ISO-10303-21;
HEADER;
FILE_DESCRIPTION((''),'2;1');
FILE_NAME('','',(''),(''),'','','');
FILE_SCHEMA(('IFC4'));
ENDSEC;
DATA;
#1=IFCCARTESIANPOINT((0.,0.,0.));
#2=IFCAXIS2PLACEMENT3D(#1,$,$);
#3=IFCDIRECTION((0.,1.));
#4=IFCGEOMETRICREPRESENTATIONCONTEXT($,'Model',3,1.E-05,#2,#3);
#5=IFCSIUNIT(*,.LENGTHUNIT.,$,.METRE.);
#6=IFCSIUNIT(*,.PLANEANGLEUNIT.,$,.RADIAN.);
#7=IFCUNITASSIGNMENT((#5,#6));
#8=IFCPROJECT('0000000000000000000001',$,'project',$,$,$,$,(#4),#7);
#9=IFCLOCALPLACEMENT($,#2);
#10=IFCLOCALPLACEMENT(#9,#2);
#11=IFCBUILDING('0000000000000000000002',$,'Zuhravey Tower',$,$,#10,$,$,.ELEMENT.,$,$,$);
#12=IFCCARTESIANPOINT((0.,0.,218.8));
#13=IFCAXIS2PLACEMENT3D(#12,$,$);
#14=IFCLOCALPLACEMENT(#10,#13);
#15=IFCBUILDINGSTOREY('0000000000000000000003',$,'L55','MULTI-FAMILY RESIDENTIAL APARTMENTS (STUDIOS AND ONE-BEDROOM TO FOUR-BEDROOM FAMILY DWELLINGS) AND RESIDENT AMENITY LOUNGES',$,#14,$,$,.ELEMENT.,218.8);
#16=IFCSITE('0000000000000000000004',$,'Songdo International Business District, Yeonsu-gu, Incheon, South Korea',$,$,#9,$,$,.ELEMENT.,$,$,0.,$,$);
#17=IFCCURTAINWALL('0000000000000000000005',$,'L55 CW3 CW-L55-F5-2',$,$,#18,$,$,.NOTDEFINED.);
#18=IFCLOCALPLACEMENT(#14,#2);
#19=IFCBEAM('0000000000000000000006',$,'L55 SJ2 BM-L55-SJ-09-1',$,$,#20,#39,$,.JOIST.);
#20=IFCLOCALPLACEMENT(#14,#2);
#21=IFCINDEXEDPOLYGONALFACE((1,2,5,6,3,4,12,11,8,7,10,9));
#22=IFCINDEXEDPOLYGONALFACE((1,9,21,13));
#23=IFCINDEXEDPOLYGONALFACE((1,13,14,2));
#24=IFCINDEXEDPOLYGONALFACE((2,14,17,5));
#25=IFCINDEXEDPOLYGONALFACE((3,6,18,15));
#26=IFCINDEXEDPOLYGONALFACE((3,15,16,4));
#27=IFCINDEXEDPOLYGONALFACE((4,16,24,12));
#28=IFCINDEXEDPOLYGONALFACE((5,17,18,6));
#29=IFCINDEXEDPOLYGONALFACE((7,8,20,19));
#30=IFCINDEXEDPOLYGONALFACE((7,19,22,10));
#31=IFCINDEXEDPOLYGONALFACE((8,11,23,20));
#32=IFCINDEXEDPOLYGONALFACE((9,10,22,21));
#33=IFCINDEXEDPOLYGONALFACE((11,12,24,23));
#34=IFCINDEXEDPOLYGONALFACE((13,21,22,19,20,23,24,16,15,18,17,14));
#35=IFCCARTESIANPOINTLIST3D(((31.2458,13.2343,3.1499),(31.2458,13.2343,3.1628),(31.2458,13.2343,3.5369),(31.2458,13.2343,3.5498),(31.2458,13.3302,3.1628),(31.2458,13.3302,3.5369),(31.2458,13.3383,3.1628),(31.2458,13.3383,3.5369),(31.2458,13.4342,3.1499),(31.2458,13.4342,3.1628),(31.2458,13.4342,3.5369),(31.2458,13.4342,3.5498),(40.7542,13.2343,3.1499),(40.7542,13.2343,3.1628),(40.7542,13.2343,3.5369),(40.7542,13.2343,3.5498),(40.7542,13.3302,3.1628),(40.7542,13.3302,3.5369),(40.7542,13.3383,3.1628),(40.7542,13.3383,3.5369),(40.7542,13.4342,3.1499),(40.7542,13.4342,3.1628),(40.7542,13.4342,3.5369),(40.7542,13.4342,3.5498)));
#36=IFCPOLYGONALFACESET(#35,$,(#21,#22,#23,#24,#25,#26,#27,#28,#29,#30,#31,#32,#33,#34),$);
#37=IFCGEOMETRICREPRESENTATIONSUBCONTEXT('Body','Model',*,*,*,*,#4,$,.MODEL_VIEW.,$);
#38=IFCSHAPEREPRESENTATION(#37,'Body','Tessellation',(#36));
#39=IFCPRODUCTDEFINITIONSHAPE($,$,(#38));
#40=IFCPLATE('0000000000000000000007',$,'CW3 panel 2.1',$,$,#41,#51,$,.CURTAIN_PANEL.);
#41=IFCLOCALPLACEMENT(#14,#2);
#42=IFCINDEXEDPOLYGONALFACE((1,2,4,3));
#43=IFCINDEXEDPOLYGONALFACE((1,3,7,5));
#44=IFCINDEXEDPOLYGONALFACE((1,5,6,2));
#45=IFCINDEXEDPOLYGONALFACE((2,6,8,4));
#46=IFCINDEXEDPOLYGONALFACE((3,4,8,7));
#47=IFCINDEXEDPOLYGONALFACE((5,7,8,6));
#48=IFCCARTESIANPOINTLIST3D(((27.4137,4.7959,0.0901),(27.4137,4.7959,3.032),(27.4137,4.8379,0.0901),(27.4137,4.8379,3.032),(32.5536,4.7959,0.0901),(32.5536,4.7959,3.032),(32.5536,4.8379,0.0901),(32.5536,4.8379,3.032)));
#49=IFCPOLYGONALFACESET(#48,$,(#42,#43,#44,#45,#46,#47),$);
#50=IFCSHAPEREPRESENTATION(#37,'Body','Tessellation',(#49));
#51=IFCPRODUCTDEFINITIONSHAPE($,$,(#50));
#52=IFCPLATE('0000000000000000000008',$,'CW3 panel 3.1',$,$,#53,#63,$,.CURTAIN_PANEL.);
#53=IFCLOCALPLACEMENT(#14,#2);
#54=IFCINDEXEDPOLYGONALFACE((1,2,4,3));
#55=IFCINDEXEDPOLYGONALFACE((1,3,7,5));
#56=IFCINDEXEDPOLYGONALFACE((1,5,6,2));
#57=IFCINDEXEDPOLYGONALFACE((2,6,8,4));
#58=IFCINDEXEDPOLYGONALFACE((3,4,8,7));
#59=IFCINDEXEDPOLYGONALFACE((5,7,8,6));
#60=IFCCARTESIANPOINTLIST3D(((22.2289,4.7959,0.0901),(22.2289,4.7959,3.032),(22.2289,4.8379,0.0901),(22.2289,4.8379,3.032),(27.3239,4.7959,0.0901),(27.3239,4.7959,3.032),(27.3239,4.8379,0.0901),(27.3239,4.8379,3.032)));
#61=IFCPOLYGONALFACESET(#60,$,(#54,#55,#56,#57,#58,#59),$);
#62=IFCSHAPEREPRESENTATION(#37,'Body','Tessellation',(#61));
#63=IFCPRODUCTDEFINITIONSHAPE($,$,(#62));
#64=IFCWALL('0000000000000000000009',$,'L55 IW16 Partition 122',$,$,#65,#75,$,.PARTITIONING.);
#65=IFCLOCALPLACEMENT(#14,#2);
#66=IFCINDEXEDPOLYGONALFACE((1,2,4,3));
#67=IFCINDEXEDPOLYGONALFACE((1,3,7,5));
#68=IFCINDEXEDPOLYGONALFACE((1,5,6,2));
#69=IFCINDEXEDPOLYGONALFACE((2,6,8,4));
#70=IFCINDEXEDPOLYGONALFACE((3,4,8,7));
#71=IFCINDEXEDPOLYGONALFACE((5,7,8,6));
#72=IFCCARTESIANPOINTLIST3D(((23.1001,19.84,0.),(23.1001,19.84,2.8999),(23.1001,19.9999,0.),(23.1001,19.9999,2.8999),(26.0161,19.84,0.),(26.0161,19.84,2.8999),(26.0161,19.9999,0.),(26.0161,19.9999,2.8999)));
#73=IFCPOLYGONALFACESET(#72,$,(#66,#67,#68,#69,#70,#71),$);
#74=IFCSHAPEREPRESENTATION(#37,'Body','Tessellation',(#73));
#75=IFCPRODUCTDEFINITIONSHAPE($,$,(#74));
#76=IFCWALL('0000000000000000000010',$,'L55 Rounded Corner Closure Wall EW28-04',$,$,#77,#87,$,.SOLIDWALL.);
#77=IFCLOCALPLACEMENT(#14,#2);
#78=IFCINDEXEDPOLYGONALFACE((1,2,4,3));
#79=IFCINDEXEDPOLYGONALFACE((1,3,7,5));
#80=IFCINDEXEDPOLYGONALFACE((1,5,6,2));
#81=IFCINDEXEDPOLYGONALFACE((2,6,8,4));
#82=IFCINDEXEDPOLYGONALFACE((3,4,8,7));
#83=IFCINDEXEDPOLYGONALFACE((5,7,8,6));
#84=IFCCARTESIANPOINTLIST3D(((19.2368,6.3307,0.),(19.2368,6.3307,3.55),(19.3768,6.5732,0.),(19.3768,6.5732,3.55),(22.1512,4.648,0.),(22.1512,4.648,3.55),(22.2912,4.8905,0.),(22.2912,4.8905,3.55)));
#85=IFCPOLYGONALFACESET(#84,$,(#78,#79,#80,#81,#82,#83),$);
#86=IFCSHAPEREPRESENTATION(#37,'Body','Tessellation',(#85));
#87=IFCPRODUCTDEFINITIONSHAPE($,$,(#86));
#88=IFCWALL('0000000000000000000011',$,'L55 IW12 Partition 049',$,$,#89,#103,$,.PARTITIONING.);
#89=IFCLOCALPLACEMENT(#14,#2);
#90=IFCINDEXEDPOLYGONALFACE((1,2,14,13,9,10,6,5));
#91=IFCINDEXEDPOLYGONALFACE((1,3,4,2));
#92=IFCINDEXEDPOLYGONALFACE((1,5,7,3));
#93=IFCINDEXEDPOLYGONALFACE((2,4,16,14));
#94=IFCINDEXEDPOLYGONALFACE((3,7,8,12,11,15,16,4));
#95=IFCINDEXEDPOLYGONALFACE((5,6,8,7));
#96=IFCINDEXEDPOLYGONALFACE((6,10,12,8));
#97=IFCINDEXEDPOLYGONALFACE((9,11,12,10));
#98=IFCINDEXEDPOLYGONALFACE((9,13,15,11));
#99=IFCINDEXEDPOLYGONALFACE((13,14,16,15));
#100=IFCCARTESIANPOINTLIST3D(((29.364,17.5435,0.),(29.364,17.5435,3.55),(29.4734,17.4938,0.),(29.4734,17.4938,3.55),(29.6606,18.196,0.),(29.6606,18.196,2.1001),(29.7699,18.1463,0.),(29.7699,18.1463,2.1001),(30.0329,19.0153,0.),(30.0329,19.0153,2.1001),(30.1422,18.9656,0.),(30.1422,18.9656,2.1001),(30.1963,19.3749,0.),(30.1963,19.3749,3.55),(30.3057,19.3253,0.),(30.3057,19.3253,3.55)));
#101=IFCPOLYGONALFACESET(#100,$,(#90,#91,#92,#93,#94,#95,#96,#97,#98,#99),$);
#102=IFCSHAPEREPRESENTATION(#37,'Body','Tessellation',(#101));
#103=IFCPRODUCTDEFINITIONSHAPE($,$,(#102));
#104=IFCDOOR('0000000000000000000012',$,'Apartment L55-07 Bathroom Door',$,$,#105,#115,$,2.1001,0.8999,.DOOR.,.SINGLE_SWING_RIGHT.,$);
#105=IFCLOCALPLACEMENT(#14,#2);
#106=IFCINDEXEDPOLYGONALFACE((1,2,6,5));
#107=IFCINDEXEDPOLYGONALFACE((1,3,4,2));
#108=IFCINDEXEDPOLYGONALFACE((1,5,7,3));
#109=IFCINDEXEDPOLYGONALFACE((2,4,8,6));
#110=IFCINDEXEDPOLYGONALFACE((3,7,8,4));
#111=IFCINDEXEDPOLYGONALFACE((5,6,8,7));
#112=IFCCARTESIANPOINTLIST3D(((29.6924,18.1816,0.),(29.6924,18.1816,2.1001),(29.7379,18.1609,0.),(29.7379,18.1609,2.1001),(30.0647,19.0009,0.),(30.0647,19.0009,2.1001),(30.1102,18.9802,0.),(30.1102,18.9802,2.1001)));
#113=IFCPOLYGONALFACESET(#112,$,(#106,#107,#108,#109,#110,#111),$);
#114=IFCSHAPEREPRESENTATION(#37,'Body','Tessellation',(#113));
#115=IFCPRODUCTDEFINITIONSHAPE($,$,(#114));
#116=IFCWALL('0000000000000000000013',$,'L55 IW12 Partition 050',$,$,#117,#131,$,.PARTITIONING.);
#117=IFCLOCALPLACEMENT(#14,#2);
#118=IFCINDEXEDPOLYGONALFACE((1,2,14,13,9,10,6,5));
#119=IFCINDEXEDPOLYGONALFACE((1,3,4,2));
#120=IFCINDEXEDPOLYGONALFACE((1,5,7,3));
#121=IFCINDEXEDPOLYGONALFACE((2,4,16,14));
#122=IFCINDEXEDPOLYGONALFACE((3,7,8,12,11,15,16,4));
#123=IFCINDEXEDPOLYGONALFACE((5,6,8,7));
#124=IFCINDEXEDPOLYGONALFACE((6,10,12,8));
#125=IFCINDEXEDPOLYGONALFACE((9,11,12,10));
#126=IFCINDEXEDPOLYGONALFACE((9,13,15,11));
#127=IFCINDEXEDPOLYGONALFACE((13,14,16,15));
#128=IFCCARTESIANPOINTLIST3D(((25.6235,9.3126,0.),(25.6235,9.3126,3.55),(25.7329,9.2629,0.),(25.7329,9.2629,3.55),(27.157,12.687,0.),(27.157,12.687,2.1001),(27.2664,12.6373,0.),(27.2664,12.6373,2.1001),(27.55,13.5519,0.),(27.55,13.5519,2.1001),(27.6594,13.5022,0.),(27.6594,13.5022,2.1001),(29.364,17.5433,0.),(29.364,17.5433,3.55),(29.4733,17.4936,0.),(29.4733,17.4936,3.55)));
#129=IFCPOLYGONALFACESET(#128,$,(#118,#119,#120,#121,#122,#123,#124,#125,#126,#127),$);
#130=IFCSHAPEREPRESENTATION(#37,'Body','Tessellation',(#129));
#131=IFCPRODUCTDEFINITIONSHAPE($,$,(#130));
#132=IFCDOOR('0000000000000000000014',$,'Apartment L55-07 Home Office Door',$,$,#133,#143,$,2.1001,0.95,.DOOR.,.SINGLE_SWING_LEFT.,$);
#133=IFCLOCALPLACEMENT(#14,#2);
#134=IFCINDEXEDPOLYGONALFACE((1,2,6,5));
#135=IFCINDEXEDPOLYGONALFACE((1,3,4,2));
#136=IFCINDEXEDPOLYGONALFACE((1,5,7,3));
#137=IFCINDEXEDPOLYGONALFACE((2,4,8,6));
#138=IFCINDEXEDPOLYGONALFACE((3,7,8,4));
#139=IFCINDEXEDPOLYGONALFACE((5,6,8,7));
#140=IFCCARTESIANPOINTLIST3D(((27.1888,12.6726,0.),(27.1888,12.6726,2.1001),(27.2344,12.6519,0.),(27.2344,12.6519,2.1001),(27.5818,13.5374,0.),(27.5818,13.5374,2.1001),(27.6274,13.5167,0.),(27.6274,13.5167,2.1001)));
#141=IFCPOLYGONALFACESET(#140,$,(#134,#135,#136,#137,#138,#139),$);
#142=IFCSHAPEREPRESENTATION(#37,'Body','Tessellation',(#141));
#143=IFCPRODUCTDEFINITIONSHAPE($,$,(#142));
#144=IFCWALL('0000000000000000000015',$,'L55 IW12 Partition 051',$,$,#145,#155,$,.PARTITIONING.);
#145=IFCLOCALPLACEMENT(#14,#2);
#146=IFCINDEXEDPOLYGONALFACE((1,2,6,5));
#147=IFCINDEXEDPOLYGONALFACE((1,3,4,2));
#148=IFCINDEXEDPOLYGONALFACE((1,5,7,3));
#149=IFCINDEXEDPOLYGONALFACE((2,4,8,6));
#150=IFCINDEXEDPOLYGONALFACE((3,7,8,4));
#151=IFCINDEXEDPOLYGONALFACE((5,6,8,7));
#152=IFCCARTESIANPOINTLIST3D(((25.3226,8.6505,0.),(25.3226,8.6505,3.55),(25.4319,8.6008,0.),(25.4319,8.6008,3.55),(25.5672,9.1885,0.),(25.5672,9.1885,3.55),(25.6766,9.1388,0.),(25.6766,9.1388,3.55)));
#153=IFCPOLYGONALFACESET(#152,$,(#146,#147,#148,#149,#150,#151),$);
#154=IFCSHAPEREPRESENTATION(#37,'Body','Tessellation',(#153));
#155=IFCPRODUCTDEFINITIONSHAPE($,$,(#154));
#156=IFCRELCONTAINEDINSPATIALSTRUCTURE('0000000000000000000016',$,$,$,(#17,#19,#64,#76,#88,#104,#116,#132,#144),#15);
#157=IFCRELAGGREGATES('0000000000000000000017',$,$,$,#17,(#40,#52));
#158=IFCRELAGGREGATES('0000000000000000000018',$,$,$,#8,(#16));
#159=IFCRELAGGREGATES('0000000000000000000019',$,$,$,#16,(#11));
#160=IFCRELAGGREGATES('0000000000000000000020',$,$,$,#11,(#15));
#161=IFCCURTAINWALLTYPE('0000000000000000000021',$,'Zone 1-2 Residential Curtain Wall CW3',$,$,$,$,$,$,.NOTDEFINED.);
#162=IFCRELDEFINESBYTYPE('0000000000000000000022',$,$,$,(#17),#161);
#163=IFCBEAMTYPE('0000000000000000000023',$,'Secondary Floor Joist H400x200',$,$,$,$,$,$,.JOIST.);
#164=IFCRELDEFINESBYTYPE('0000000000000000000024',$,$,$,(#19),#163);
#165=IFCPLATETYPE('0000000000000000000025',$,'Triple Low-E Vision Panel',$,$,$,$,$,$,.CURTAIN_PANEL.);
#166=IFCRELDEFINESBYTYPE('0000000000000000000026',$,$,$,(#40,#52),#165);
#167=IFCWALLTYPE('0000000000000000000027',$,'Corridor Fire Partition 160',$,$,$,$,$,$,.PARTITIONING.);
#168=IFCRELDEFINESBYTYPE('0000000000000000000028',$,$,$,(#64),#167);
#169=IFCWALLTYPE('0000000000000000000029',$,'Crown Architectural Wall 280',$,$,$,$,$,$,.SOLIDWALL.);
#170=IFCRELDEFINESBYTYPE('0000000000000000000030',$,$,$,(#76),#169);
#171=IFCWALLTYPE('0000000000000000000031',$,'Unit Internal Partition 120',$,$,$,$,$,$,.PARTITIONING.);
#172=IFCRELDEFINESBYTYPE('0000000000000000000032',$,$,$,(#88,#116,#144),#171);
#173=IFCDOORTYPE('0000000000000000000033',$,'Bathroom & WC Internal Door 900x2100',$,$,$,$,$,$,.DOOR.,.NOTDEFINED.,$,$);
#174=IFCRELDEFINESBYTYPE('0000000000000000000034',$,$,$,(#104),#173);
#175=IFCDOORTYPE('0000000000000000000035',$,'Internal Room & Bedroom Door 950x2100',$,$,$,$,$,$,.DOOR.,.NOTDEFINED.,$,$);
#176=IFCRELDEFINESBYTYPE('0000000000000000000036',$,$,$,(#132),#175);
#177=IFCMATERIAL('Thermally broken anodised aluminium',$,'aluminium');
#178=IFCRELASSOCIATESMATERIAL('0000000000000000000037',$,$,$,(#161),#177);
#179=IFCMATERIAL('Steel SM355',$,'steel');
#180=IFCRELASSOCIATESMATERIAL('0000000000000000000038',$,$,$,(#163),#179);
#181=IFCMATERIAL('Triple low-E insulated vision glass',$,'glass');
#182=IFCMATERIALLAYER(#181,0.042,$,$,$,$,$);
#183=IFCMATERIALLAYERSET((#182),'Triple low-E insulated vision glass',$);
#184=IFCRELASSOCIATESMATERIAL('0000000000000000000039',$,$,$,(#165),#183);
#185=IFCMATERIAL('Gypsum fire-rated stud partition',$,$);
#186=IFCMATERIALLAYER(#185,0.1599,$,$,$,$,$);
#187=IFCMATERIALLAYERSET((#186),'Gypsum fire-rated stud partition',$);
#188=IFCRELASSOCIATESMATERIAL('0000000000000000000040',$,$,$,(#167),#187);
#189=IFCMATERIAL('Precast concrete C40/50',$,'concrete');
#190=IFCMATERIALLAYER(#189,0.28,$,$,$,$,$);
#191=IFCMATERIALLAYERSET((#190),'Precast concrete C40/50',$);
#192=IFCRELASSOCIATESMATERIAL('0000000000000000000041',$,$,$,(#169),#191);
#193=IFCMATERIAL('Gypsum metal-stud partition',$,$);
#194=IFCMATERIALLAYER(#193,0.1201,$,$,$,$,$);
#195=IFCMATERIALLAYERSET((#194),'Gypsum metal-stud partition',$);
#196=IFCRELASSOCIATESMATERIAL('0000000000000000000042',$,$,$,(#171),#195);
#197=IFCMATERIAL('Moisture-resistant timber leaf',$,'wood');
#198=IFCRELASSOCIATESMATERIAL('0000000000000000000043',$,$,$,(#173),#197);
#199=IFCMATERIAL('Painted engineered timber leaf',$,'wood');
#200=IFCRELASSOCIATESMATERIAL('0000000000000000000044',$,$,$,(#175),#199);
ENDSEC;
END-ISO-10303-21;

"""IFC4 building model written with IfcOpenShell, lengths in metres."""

from ifc_helpers import new_model, si_unit, direction, frame, frame_2d, origin, origin_2d, place, context, subcontext, project, spatial, rectangle, i_section, extrude, material, layer, layer_set, material_profile, profile_set, type_object, element, fill, aggregate, save


model = new_model("IFC4")

# Units and contexts
model_context = context("Model", 3, precision=1e-05, world=origin(), true_north=direction((0.0, 1.0)))
body_context = subcontext(model_context, "Body", "Model", "MODEL_VIEW")
ifc_project = project(units=[si_unit("LENGTHUNIT", "METRE"), si_unit("PLANEANGLEUNIT", "RADIAN")], contexts=[model_context])

# Site, building, storey
site_placement = place(None, origin())
site = spatial("IfcSite", under=ifc_project, at=site_placement, Name="Songdo International Business District, Yeonsu-gu, Incheon, South Korea", CompositionType="ELEMENT", RefElevation=0.0)
building_placement = place(site_placement, origin())
building = spatial("IfcBuilding", under=site, at=building_placement, Name="Zuhravey Tower", CompositionType="ELEMENT")
storey_placement = place(building_placement, frame((0.0, 0.0, 218.8)))
storey = spatial("IfcBuildingStorey", under=building, at=storey_placement, Name="L55", Description="MULTI-FAMILY RESIDENTIAL APARTMENTS (STUDIOS AND ONE-BEDROOM TO FOUR-BEDROOM FAMILY DWELLINGS) AND RESIDENT AMENITY LOUNGES", CompositionType="ELEMENT", Elevation=218.8)

# Curtain wall
ifc_material_1 = material(Name="Thermally broken anodised aluminium", Category="aluminium")
curtain_wall_type = type_object("IfcCurtainWallType", Name="Zone 1-2 Residential Curtain Wall CW3", PredefinedType="NOTDEFINED", material=ifc_material_1)
curtain_wall_placement = place(storey_placement, origin())
curtain_wall = element("IfcCurtainWall", 1, at=curtain_wall_placement, inside=storey, type_object=curtain_wall_type, Name="L55 CW3 CW-L55-F5-2", PredefinedType="NOTDEFINED")

# Beam
ifc_material_2 = material(Name="Steel SM355", Category="steel")
ifc_material_profile_1 = material_profile(ifc_material_2, i_section(OverallWidth=0.2, OverallDepth=0.3999, WebThickness=0.0081, FlangeThickness=0.0129, at=origin_2d()), Name="H-400x200x8x13")
ifc_profile_set_1 = profile_set([ifc_material_profile_1], Name="Steel SM355")
beam_type_1 = type_object("IfcBeamType", Name="Secondary Floor Joist H400x200", PredefinedType="JOIST", material=ifc_profile_set_1)
beam_1_placement = place(storey_placement, frame((31.2458, 13.3342, 3.3499), z_axis=(1.0, 0.0, 0.0), x_axis=(0.0, 1.0, 0.0)))
element("IfcBeam", 2, at=beam_1_placement, inside=storey, type_object=beam_type_1, Name="L55 SJ2 BM-L55-SJ-09-1", PredefinedType="JOIST", context=body_context, shape_type="SweptSolid", body=[
    extrude(i_section(OverallWidth=0.2, OverallDepth=0.3999, WebThickness=0.0081, FlangeThickness=0.0129, at=origin_2d()), origin(), (0.0, 0.0, 1.0), 9.5083),
])

# Plates
ifc_material_3 = material(Name="Triple low-E insulated vision glass", Category="glass")
ifc_layer_1 = layer(ifc_material_3, 0.042)
ifc_layer_set_1 = layer_set([ifc_layer_1], Name="Triple low-E insulated vision glass")
plate_type = type_object("IfcPlateType", Name="Triple Low-E Vision Panel", PredefinedType="CURTAIN_PANEL", material=ifc_layer_set_1)
plate_1_placement = place(storey_placement, frame((29.9836, 4.8169, 0.0901), z_axis=(0.0, 0.0, 1.0), x_axis=(-1.0, 0.0, 0.0)))
plate_1 = element("IfcPlate", 3, at=plate_1_placement, type_object=plate_type, Name="CW3 panel 2.1", PredefinedType="CURTAIN_PANEL", context=body_context, shape_type="SweptSolid", body=[
    extrude(rectangle(XDim=5.1399, YDim=0.042, at=origin_2d()), origin(), (0.0, 0.0, 1.0), 2.9419),
])
plate_2_placement = place(storey_placement, frame((24.7764, 4.8169, 0.0901), z_axis=(0.0, 0.0, 1.0), x_axis=(-1.0, 0.0, 0.0)))
plate_2 = element("IfcPlate", 4, at=plate_2_placement, type_object=plate_type, Name="CW3 panel 3.1", PredefinedType="CURTAIN_PANEL", context=body_context, shape_type="SweptSolid", body=[
    extrude(rectangle(XDim=5.095, YDim=0.042, at=origin_2d()), origin(), (0.0, 0.0, 1.0), 2.9419),
])
aggregate(curtain_wall, [plate_1, plate_2])

# Walls
ifc_material_4 = material(Name="Gypsum fire-rated stud partition")
ifc_layer_2 = layer(ifc_material_4, 0.1599)
ifc_layer_set_2 = layer_set([ifc_layer_2], Name="Gypsum fire-rated stud partition")
wall_type_1 = type_object("IfcWallType", Name="Corridor Fire Partition 160", PredefinedType="PARTITIONING", material=ifc_layer_set_2)
wall_1_placement = place(storey_placement, frame((23.1001, 19.9199, 0.0), z_axis=(0.0, 0.0, 1.0), x_axis=(1.0, 0.0, 0.0)))
element("IfcWall", 5, at=wall_1_placement, inside=storey, type_object=wall_type_1, Name="L55 IW16 Partition 122", PredefinedType="PARTITIONING", context=body_context, shape_type="SweptSolid", body=[
    extrude(rectangle(XDim=2.916, YDim=0.1599, at=frame_2d((1.458, 0.0))), origin(), (0.0, 0.0, 1.0), 2.8999),
])
ifc_material_5 = material(Name="Precast concrete C40/50", Category="concrete")
ifc_layer_3 = layer(ifc_material_5, 0.28)
ifc_layer_set_3 = layer_set([ifc_layer_3], Name="Precast concrete C40/50")
wall_type_2 = type_object("IfcWallType", Name="Crown Architectural Wall 280", PredefinedType="SOLIDWALL", material=ifc_layer_set_3)
wall_2_placement = place(storey_placement, frame((22.2212, 4.7693, 0.0), z_axis=(0.0, 0.0, 1.0), x_axis=(-0.86602, 0.500009, 0.0)))
element("IfcWall", 6, at=wall_2_placement, inside=storey, type_object=wall_type_2, Name="L55 Rounded Corner Closure Wall EW28-04", PredefinedType="SOLIDWALL", context=body_context, shape_type="SweptSolid", body=[
    extrude(rectangle(XDim=3.3652, YDim=0.28, at=frame_2d((1.6826, 0.0))), origin(), (0.0, 0.0, 1.0), 3.55),
])

# Walls, openings, doors
ifc_material_6 = material(Name="Gypsum metal-stud partition")
ifc_layer_4 = layer(ifc_material_6, 0.1201)
ifc_layer_set_4 = layer_set([ifc_layer_4], Name="Gypsum metal-stud partition")
wall_type_3 = type_object("IfcWallType", Name="Unit Internal Partition 120", PredefinedType="PARTITIONING", material=ifc_layer_set_4)
wall_3_placement = place(storey_placement, frame((30.251, 19.3501, 0.0), z_axis=(0.0, 0.0, 1.0), x_axis=(-0.413702, -0.910412, 0.0)))
wall_3 = element("IfcWall", 7, at=wall_3_placement, inside=storey, type_object=wall_type_3, Name="L55 IW12 Partition 049", PredefinedType="PARTITIONING", context=body_context, shape_type="SweptSolid", body=[
    extrude(rectangle(XDim=2.0117, YDim=0.1201, at=frame_2d((1.0059, 0.0))), origin(), (0.0, 0.0, 1.0), 3.55),
])
opening_1_placement = place(wall_3_placement, frame((0.395, 0.0, 0.0)))
opening_1 = element("IfcOpeningElement", 8, at=opening_1_placement, cuts=wall_3, PredefinedType="OPENING", context=body_context, shape_type="SweptSolid", body=[
    extrude(rectangle(XDim=0.8999, YDim=2.1001, at=frame_2d((0.45, 1.05))), frame((0.0, 0.072, 0.0), z_axis=(0.0, -1.0, 0.0), x_axis=(1.0, 0.0, 0.0)), (0.0, 0.0, 1.0), 0.144),
])
ifc_material_7 = material(Name="Moisture-resistant timber leaf", Category="wood")
door_type_1 = type_object("IfcDoorType", Name="Bathroom & WC Internal Door 900x2100", OperationType="NOTDEFINED", PredefinedType="DOOR", material=ifc_material_7)
door_1_placement = place(opening_1_placement, origin())
door_1 = element("IfcDoor", 9, at=door_1_placement, inside=storey, type_object=door_type_1, Name="Apartment L55-07 Bathroom Door", OperationType="SINGLE_SWING_RIGHT", OverallHeight=2.1001, OverallWidth=0.8999, PredefinedType="DOOR", context=body_context, shape_type="SweptSolid", body=[
    extrude(rectangle(XDim=0.8999, YDim=2.1001, at=frame_2d((0.45, 1.05))), frame((0.0, 0.0249, 0.0), z_axis=(0.0, -1.0, 0.0), x_axis=(1.0, 0.0, 0.0)), (0.0, 0.0, 1.0), 0.05),
])
fill(opening_1, door_1)
wall_4_placement = place(storey_placement, frame((29.4187, 17.5186, 0.0), z_axis=(0.0, 0.0, 1.0), x_axis=(-0.413734, -0.910398, 0.0)))
wall_4 = element("IfcWall", 10, at=wall_4_placement, inside=storey, type_object=wall_type_3, Name="L55 IW12 Partition 050", PredefinedType="PARTITIONING", context=body_context, shape_type="SweptSolid", body=[
    extrude(rectangle(XDim=9.0408, YDim=0.1201, at=frame_2d((4.5205, 0.0))), origin(), (0.0, 0.0, 1.0), 3.55),
])
opening_2_placement = place(wall_4_placement, frame((4.3843, 0.0, 0.0)))
opening_2 = element("IfcOpeningElement", 11, at=opening_2_placement, cuts=wall_4, PredefinedType="OPENING", context=body_context, shape_type="SweptSolid", body=[
    extrude(rectangle(XDim=0.95, YDim=2.1001, at=frame_2d((0.4751, 1.05))), frame((0.0, 0.072, 0.0), z_axis=(0.0, -1.0, 0.0), x_axis=(1.0, 0.0, 0.0)), (0.0, 0.0, 1.0), 0.144),
])
ifc_material_8 = material(Name="Painted engineered timber leaf", Category="wood")
door_type_2 = type_object("IfcDoorType", Name="Internal Room & Bedroom Door 950x2100", OperationType="NOTDEFINED", PredefinedType="DOOR", material=ifc_material_8)
door_2_placement = place(opening_2_placement, origin())
door_2 = element("IfcDoor", 12, at=door_2_placement, inside=storey, type_object=door_type_2, Name="Apartment L55-07 Home Office Door", OperationType="SINGLE_SWING_LEFT", OverallHeight=2.1001, OverallWidth=0.95, PredefinedType="DOOR", context=body_context, shape_type="SweptSolid", body=[
    extrude(rectangle(XDim=0.95, YDim=2.1001, at=frame_2d((0.4751, 1.05))), frame((0.0, 0.0249, 0.0), z_axis=(0.0, -1.0, 0.0), x_axis=(1.0, 0.0, 0.0)), (0.0, 0.0, 1.0), 0.05),
])
fill(opening_2, door_2)

# Wall
wall_5_placement = place(storey_placement, frame((25.6218, 9.1636, 0.0), z_axis=(0.0, 0.0, 1.0), x_axis=(-0.413865, -0.910338, 0.0)))
element("IfcWall", 13, at=wall_5_placement, inside=storey, type_object=wall_type_3, Name="L55 IW12 Partition 051", PredefinedType="PARTITIONING", context=body_context, shape_type="SweptSolid", body=[
    extrude(rectangle(XDim=0.5911, YDim=0.1201, at=frame_2d((0.2954, 0.0))), origin(), (0.0, 0.0, 1.0), 3.55),
])

save(model, "model.ifc")
